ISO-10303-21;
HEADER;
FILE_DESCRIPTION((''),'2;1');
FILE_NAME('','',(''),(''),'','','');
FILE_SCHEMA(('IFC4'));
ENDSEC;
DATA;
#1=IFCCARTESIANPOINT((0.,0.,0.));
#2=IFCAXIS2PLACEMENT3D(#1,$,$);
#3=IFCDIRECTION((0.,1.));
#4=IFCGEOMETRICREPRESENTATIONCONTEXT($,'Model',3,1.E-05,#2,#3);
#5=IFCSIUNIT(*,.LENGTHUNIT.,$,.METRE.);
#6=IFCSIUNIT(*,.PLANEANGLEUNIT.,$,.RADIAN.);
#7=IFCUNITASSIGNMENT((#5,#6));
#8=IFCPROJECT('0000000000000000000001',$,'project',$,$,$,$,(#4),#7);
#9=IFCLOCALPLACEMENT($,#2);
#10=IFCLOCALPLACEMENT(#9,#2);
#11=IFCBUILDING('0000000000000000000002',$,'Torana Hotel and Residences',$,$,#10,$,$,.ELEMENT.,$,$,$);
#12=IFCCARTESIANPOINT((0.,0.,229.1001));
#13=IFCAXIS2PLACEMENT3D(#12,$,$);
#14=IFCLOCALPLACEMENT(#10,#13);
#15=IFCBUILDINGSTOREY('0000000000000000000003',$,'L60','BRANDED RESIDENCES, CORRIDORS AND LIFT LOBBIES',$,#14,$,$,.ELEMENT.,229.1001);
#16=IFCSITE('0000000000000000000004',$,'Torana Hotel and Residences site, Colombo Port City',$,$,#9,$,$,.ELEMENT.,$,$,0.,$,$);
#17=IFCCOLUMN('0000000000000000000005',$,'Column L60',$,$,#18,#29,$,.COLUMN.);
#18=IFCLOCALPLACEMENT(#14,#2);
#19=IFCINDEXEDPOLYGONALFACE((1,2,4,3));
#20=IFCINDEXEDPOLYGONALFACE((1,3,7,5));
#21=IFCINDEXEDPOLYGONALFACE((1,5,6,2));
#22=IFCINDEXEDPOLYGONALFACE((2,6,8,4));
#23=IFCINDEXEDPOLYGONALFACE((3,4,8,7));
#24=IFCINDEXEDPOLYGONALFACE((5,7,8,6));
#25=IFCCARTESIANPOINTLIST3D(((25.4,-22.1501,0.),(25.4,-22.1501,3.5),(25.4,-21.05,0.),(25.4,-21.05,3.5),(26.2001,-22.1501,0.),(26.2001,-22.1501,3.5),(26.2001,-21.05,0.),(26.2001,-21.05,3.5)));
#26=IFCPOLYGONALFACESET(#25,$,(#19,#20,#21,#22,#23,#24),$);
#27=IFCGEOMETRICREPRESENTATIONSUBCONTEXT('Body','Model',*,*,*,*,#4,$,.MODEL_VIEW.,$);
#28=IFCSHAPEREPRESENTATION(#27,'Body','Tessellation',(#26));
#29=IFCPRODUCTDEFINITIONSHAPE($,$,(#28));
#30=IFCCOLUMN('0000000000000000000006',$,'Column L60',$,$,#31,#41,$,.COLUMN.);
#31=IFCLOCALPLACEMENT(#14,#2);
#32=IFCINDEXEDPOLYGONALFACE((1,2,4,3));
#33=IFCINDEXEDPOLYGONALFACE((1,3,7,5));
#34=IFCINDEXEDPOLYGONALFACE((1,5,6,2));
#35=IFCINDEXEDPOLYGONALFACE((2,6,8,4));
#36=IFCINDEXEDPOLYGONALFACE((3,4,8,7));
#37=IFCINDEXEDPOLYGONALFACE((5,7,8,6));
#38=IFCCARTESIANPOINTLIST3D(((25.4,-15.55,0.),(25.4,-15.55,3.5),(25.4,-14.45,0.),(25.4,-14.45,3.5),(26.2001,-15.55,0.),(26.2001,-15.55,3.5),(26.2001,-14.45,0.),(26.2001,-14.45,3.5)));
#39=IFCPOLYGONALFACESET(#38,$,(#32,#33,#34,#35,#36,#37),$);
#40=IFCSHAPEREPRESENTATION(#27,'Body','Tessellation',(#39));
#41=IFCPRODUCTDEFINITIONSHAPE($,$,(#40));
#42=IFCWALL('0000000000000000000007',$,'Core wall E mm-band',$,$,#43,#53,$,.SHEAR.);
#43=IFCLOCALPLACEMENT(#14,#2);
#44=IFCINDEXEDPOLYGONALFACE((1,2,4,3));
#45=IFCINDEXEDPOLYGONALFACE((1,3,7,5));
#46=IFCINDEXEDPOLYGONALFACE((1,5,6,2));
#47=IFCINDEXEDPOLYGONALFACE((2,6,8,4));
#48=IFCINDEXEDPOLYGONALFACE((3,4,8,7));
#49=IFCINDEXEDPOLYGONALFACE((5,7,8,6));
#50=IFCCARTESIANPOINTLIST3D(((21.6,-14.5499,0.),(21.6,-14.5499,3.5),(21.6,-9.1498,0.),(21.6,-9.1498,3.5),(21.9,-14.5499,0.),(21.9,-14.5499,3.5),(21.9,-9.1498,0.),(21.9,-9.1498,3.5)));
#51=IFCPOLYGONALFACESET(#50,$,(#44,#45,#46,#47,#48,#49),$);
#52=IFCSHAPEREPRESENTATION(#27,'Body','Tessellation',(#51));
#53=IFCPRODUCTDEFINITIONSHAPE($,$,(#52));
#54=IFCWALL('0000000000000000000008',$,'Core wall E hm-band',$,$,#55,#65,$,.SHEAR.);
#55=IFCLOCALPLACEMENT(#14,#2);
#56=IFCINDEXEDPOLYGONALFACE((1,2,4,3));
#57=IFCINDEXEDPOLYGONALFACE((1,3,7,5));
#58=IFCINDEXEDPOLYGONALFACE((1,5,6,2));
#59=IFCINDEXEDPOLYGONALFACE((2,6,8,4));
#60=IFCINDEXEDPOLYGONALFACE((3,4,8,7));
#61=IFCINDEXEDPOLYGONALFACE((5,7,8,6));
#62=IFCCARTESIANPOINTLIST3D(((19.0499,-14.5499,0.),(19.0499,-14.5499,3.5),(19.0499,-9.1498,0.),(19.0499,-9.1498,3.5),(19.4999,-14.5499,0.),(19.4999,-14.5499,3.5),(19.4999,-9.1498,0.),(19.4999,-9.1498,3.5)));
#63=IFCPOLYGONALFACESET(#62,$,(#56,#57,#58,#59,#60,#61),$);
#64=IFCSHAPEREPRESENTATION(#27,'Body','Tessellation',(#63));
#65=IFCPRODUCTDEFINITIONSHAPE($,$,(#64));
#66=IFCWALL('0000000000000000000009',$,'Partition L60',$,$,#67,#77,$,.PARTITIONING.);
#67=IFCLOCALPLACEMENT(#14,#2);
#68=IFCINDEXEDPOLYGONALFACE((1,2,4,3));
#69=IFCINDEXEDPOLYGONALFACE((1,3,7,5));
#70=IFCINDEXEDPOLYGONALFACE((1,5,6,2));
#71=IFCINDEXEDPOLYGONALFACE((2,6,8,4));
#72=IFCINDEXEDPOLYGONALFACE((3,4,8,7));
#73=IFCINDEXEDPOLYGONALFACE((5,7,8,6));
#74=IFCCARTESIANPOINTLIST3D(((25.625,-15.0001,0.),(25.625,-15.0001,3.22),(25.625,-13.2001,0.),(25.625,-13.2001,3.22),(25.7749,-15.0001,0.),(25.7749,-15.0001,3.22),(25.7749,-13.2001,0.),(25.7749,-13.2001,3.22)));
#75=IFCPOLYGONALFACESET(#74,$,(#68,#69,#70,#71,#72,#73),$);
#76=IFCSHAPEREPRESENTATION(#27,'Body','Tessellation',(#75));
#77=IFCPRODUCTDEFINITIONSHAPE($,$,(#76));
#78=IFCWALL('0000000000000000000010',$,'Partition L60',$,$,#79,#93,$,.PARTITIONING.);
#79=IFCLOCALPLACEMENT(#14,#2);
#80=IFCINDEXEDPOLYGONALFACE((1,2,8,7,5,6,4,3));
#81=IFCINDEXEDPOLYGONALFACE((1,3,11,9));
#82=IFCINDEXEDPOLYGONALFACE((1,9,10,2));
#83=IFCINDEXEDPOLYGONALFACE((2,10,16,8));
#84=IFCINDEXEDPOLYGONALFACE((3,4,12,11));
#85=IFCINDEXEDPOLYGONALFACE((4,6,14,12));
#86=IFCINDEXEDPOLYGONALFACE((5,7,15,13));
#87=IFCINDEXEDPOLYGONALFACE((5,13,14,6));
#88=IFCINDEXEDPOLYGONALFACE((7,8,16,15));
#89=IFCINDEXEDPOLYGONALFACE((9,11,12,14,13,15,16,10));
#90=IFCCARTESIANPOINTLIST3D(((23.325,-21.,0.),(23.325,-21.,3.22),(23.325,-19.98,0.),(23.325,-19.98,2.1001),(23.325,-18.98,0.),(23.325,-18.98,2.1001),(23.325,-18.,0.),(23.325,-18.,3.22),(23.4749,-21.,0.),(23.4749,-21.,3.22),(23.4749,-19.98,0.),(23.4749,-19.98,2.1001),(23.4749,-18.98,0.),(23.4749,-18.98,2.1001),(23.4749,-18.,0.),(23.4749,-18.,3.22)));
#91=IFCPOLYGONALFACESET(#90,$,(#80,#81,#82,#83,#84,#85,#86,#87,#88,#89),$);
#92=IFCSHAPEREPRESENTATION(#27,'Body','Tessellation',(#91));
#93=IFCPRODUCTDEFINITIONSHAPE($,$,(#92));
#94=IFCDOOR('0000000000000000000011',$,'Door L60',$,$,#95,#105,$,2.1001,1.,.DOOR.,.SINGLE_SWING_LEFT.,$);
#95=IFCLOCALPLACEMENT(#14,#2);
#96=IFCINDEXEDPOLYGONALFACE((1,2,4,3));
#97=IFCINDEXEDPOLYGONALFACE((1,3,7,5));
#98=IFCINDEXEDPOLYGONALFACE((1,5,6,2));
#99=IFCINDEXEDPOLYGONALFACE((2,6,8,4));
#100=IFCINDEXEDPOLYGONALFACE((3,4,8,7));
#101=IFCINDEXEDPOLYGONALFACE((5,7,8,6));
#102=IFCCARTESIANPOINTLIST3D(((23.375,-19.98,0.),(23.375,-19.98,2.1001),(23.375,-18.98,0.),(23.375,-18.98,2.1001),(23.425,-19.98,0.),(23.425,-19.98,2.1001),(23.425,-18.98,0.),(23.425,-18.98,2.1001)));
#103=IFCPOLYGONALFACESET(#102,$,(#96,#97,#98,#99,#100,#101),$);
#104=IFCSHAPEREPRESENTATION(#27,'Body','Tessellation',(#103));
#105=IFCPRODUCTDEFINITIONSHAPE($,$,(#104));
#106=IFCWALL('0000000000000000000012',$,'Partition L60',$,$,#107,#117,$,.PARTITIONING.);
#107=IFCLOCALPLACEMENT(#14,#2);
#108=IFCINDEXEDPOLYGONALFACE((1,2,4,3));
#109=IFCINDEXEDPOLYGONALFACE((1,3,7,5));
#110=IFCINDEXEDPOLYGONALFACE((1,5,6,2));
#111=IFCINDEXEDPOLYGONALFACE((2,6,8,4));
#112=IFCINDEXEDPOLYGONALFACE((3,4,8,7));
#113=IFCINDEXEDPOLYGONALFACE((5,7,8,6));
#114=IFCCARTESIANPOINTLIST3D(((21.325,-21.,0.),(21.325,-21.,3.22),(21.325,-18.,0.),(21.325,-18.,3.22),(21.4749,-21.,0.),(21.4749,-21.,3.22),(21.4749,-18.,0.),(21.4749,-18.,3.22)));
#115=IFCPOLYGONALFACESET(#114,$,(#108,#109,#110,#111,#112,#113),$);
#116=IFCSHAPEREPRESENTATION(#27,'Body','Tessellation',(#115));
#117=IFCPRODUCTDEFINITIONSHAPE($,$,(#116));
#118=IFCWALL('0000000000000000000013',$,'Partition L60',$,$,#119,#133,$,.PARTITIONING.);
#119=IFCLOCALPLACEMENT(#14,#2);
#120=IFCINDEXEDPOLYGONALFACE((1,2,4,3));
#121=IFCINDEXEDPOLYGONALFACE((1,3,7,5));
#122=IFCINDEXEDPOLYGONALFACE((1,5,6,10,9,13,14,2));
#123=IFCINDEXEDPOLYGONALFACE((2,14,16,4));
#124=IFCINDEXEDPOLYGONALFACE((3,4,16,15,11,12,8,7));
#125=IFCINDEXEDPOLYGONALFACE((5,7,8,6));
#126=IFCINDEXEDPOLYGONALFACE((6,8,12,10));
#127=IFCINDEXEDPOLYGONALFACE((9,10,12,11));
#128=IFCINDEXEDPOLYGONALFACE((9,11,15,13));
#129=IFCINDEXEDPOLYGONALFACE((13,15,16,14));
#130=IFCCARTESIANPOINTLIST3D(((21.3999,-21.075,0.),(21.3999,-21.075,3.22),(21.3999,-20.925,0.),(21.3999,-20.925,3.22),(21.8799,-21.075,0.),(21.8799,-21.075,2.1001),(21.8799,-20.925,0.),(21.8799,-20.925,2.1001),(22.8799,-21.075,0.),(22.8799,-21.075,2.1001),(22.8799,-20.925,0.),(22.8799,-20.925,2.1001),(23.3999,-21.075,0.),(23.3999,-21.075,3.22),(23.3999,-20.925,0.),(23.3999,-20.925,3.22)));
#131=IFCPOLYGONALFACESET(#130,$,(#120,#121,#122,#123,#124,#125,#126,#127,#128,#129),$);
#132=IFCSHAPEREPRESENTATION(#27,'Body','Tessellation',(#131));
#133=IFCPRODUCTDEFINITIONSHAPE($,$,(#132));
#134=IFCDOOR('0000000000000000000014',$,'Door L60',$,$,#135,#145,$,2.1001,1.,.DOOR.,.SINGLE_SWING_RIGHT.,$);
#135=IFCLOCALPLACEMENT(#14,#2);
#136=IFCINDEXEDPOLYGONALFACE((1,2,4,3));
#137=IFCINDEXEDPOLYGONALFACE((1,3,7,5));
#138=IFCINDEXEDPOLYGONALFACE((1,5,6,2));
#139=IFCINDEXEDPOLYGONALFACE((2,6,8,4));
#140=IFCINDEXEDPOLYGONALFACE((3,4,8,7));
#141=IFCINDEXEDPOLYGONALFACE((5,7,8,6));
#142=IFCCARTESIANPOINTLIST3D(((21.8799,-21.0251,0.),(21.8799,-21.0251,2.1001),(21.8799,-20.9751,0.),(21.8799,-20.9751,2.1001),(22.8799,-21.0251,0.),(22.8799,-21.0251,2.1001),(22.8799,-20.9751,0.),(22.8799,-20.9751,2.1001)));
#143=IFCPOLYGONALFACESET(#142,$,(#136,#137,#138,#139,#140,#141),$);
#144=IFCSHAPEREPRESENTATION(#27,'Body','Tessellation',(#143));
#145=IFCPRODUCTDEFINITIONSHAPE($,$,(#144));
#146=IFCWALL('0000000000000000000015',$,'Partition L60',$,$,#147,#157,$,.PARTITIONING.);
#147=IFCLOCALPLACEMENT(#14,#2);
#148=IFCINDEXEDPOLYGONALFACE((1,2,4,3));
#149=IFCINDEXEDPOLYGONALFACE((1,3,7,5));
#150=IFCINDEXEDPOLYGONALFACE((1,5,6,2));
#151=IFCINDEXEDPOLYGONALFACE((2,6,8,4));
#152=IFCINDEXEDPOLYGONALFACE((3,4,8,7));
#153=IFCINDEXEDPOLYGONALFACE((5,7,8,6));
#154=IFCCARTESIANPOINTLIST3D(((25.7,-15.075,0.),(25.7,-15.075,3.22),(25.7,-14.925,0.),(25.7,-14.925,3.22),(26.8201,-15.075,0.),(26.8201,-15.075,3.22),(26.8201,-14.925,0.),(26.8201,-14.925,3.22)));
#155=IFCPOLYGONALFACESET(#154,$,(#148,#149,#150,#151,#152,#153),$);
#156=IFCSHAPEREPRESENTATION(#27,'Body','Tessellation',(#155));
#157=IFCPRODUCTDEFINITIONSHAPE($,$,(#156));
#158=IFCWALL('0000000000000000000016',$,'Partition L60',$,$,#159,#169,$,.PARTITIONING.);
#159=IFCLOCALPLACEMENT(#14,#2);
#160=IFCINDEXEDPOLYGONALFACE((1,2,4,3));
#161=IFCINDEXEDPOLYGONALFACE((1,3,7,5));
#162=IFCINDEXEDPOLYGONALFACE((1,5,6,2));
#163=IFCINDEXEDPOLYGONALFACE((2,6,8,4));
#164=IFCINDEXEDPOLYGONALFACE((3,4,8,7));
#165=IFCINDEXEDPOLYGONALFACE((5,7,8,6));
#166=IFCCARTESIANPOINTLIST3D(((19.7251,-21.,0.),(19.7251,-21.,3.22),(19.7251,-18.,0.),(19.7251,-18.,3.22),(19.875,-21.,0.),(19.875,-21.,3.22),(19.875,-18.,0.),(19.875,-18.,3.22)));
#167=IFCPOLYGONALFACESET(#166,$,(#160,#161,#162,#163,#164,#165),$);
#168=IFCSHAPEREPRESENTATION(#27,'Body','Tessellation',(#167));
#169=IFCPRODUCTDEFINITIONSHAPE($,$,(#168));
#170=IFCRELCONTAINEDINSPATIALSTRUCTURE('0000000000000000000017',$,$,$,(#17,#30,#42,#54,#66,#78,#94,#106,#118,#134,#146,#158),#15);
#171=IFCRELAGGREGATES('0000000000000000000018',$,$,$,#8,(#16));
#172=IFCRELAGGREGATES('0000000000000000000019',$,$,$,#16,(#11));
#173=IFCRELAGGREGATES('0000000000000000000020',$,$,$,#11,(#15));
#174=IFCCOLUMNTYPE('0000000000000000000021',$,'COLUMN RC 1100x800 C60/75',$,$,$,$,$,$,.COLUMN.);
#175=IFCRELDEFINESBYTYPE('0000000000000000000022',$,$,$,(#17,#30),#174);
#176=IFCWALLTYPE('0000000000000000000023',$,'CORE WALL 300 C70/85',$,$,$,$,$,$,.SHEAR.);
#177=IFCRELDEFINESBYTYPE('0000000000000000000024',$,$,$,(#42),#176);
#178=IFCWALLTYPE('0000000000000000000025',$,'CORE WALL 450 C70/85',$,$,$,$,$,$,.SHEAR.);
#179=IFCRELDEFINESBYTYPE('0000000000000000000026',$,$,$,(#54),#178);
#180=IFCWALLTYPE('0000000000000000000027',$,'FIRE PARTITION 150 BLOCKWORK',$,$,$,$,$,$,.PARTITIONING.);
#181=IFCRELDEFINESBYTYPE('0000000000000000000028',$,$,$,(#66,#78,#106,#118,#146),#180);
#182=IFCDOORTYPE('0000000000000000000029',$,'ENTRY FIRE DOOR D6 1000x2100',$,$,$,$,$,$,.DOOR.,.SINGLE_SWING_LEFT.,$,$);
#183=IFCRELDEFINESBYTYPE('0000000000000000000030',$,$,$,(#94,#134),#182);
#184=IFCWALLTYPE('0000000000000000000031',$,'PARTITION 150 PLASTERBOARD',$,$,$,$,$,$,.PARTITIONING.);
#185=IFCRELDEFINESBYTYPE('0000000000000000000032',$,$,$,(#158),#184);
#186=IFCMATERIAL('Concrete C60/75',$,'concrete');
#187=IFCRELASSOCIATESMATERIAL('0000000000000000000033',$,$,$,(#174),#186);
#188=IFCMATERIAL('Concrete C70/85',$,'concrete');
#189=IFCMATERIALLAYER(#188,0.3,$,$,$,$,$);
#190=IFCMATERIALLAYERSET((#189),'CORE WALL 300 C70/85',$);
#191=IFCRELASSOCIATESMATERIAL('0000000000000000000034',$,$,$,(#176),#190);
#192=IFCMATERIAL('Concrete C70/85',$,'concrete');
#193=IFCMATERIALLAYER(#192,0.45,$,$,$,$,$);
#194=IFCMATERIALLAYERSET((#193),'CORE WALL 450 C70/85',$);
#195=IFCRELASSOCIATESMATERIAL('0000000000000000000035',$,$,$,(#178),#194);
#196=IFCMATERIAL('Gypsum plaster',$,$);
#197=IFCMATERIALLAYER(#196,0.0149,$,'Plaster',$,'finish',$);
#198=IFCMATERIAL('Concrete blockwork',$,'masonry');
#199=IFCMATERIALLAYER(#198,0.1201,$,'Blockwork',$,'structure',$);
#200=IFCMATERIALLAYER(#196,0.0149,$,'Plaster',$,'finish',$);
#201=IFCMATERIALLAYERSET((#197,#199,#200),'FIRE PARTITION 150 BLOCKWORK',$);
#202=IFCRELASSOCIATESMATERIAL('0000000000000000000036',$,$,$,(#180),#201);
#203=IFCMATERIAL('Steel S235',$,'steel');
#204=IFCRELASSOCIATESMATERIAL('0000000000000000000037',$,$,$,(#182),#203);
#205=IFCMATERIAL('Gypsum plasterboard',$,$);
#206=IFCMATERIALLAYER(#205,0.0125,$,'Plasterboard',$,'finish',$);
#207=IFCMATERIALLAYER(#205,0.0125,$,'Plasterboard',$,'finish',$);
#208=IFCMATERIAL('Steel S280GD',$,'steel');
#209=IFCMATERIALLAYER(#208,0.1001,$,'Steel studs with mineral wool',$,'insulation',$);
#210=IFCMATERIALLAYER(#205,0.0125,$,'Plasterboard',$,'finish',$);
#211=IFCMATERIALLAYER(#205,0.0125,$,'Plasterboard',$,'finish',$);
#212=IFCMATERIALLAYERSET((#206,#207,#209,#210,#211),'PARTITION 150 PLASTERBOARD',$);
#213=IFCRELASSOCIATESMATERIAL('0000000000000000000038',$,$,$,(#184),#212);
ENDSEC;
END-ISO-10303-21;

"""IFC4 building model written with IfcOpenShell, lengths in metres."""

from ifc_helpers import new_model, si_unit, direction, frame, frame_2d, origin, origin_2d, place, context, subcontext, project, spatial, rectangle, extrude, material, layer, layer_set, material_profile, profile_set, type_object, element, fill, save


model = new_model("IFC4")

# Units and contexts
model_context = context("Model", 3, precision=1e-05, world=origin(), true_north=direction((0.0, 1.0)))
body_context = subcontext(model_context, "Body", "Model", "MODEL_VIEW")
ifc_project = project(units=[si_unit("LENGTHUNIT", "METRE"), si_unit("PLANEANGLEUNIT", "RADIAN")], contexts=[model_context])

# Site, building, storey
site_placement = place(None, origin())
site = spatial("IfcSite", under=ifc_project, at=site_placement, Name="Torana Hotel and Residences site, Colombo Port City", CompositionType="ELEMENT", RefElevation=0.0)
building_placement = place(site_placement, origin())
building = spatial("IfcBuilding", under=site, at=building_placement, Name="Torana Hotel and Residences", CompositionType="ELEMENT")
storey_placement = place(building_placement, frame((0.0, 0.0, 229.1001)))
storey = spatial("IfcBuildingStorey", under=building, at=storey_placement, Name="L60", Description="BRANDED RESIDENCES, CORRIDORS AND LIFT LOBBIES", CompositionType="ELEMENT", Elevation=229.1001)

# Columns
ifc_material_1 = material(Name="Concrete C60/75", Category="concrete")
ifc_material_profile = material_profile(ifc_material_1, rectangle(XDim=1.1001, YDim=0.8, at=origin_2d()), Name="RC 1100x800")
ifc_profile_set = profile_set([ifc_material_profile], Name="Concrete C60/75")
column_type = type_object("IfcColumnType", Name="COLUMN RC 1100x800 C60/75", PredefinedType="COLUMN", material=ifc_profile_set)
for number, where, z_axis, x_axis, name in (
    (1, (25.8, -21.6001, 0.0), (0.0, 0.0, 1.0), (0.0, 1.0, 0.0), "Column L60"),
    (2, (25.8, -15.0, 0.0), (0.0, 0.0, 1.0), (0.0, 1.0, 0.0), "Column L60"),
):
    element("IfcColumn", number, at=place(storey_placement, frame(where, z_axis=z_axis, x_axis=x_axis)), inside=storey, type_object=column_type, Name=name, PredefinedType="COLUMN", context=body_context, shape_type="SweptSolid", body=[
        extrude(rectangle(XDim=1.1001, YDim=0.8, at=origin_2d()), origin(), (0.0, 0.0, 1.0), 3.5),
    ])

# Walls
ifc_material_2 = material(Name="Concrete C70/85", Category="concrete")
ifc_layer_1 = layer(ifc_material_2, 0.3)
ifc_layer_set_1 = layer_set([ifc_layer_1], Name="CORE WALL 300 C70/85")
wall_type_1 = type_object("IfcWallType", Name="CORE WALL 300 C70/85", PredefinedType="SHEAR", material=ifc_layer_set_1)
wall_1_placement = place(storey_placement, frame((21.75, -14.55, 0.0), z_axis=(0.0, 0.0, 1.0), x_axis=(0.0, 1.0, 0.0)))
element("IfcWall", 3, at=wall_1_placement, inside=storey, type_object=wall_type_1, Name="Core wall E mm-band", PredefinedType="SHEAR", context=body_context, shape_type="SweptSolid", body=[
    extrude(rectangle(XDim=5.4001, YDim=0.3, at=frame_2d((2.7002, 0.0))), origin(), (0.0, 0.0, 1.0), 3.5),
])
ifc_material_3 = material(Name="Concrete C70/85", Category="concrete")
ifc_layer_2 = layer(ifc_material_3, 0.45)
ifc_layer_set_2 = layer_set([ifc_layer_2], Name="CORE WALL 450 C70/85")
wall_type_2 = type_object("IfcWallType", Name="CORE WALL 450 C70/85", PredefinedType="SHEAR", material=ifc_layer_set_2)
wall_2_placement = place(storey_placement, frame((19.2749, -14.55, 0.0), z_axis=(0.0, 0.0, 1.0), x_axis=(0.0, 1.0, 0.0)))
element("IfcWall", 4, at=wall_2_placement, inside=storey, type_object=wall_type_2, Name="Core wall E hm-band", PredefinedType="SHEAR", context=body_context, shape_type="SweptSolid", body=[
    extrude(rectangle(XDim=5.4001, YDim=0.45, at=frame_2d((2.7002, 0.0))), origin(), (0.0, 0.0, 1.0), 3.5),
])
ifc_material_4 = material(Name="Gypsum plaster")
ifc_layer_3 = layer(ifc_material_4, 0.0149, Name="Plaster", Category="finish")
ifc_material_5 = material(Name="Concrete blockwork", Category="masonry")
ifc_layer_4 = layer(ifc_material_5, 0.1201, Name="Blockwork", Category="structure")
ifc_layer_5 = layer(ifc_material_4, 0.0149, Name="Plaster", Category="finish")
ifc_layer_set_3 = layer_set([ifc_layer_3, ifc_layer_4, ifc_layer_5], Name="FIRE PARTITION 150 BLOCKWORK")
wall_type_3 = type_object("IfcWallType", Name="FIRE PARTITION 150 BLOCKWORK", PredefinedType="PARTITIONING", material=ifc_layer_set_3)
wall_3_placement = place(storey_placement, frame((25.7, -15.0, 0.0), z_axis=(0.0, 0.0, 1.0), x_axis=(0.0, 1.0, 0.0)))
element("IfcWall", 5, at=wall_3_placement, inside=storey, type_object=wall_type_3, Name="Partition L60", PredefinedType="PARTITIONING", context=body_context, shape_type="SweptSolid", body=[
    extrude(rectangle(XDim=1.8, YDim=0.1499, at=frame_2d((0.8999, 0.0))), origin(), (0.0, 0.0, 1.0), 3.22),
])

# Wall, opening, door
wall_4_placement = place(storey_placement, frame((23.3999, -21.0, 0.0), z_axis=(0.0, 0.0, 1.0), x_axis=(0.0, 1.0, 0.0)))
wall_4 = element("IfcWall", 6, at=wall_4_placement, inside=storey, type_object=wall_type_3, Name="Partition L60", PredefinedType="PARTITIONING", context=body_context, shape_type="SweptSolid", body=[
    extrude(rectangle(XDim=3.0, YDim=0.1499, at=frame_2d((1.5, 0.0))), origin(), (0.0, 0.0, 1.0), 3.22),
])
opening_1_placement = place(wall_4_placement, frame((1.02, 0.0, 0.0)))
opening_1 = element("IfcOpeningElement", 7, at=opening_1_placement, cuts=wall_4, PredefinedType="OPENING", context=body_context, shape_type="SweptSolid", body=[
    extrude(rectangle(XDim=1.0, YDim=2.1001, at=frame_2d((0.5, 1.05))), frame((0.0, 0.085, 0.0), z_axis=(0.0, -1.0, 0.0), x_axis=(1.0, 0.0, 0.0)), (0.0, 0.0, 1.0), 0.1699),
])
ifc_material_6 = material(Name="Steel S235", Category="steel")
door_type = type_object("IfcDoorType", Name="ENTRY FIRE DOOR D6 1000x2100", OperationType="SINGLE_SWING_LEFT", PredefinedType="DOOR", material=ifc_material_6)
door_1_placement = place(opening_1_placement, frame((0.5, 0.0, 0.0), z_axis=(0.0, 0.0, 1.0), x_axis=(-1.0, 0.0, 0.0)))
door_1 = element("IfcDoor", 8, at=door_1_placement, inside=storey, type_object=door_type, Name="Door L60", OperationType="SINGLE_SWING_LEFT", OverallHeight=2.1001, OverallWidth=1.0, PredefinedType="DOOR", context=body_context, shape_type="SweptSolid", body=[
    extrude(rectangle(XDim=1.0, YDim=2.1001, at=frame_2d((0.0, 1.05))), frame((0.0, -0.0249, 0.0), z_axis=(0.0, 1.0, 0.0), x_axis=(-1.0, 0.0, 0.0)), (0.0, 0.0, 1.0), 0.05),
])
fill(opening_1, door_1)

# Wall
wall_5_placement = place(storey_placement, frame((21.3999, -21.0, 0.0), z_axis=(0.0, 0.0, 1.0), x_axis=(0.0, 1.0, 0.0)))
element("IfcWall", 9, at=wall_5_placement, inside=storey, type_object=wall_type_3, Name="Partition L60", PredefinedType="PARTITIONING", context=body_context, shape_type="SweptSolid", body=[
    extrude(rectangle(XDim=3.0, YDim=0.1499, at=frame_2d((1.5, 0.0))), origin(), (0.0, 0.0, 1.0), 3.22),
])

# Wall, opening, door
wall_6_placement = place(storey_placement, frame((21.3999, -21.0, 0.0), z_axis=(0.0, 0.0, 1.0), x_axis=(1.0, 0.0, 0.0)))
wall_6 = element("IfcWall", 10, at=wall_6_placement, inside=storey, type_object=wall_type_3, Name="Partition L60", PredefinedType="PARTITIONING", context=body_context, shape_type="SweptSolid", body=[
    extrude(rectangle(XDim=2.0, YDim=0.1499, at=frame_2d((1.0, 0.0))), origin(), (0.0, 0.0, 1.0), 3.22),
])
opening_2_placement = place(wall_6_placement, frame((0.48, 0.0, 0.0)))
opening_2 = element("IfcOpeningElement", 11, at=opening_2_placement, cuts=wall_6, PredefinedType="OPENING", context=body_context, shape_type="SweptSolid", body=[
    extrude(rectangle(XDim=1.0, YDim=2.1001, at=frame_2d((0.5, 1.05))), frame((0.0, 0.085, 0.0), z_axis=(0.0, -1.0, 0.0), x_axis=(1.0, 0.0, 0.0)), (0.0, 0.0, 1.0), 0.1699),
])
door_2_placement = place(opening_2_placement, frame((0.5, 0.0, 0.0), z_axis=(0.0, 0.0, 1.0), x_axis=(-1.0, 0.0, 0.0)))
door_2 = element("IfcDoor", 12, at=door_2_placement, inside=storey, type_object=door_type, Name="Door L60", OperationType="SINGLE_SWING_RIGHT", OverallHeight=2.1001, OverallWidth=1.0, PredefinedType="DOOR", context=body_context, shape_type="SweptSolid", body=[
    extrude(rectangle(XDim=1.0, YDim=2.1001, at=frame_2d((0.0, 1.05))), frame((0.0, -0.0249, 0.0), z_axis=(0.0, 1.0, 0.0), x_axis=(-1.0, 0.0, 0.0)), (0.0, 0.0, 1.0), 0.05),
])
fill(opening_2, door_2)

# Walls
wall_7_placement = place(storey_placement, frame((25.7, -15.0, 0.0), z_axis=(0.0, 0.0, 1.0), x_axis=(1.0, 0.0, 0.0)))
element("IfcWall", 13, at=wall_7_placement, inside=storey, type_object=wall_type_3, Name="Partition L60", PredefinedType="PARTITIONING", context=body_context, shape_type="SweptSolid", body=[
    extrude(rectangle(XDim=1.1201, YDim=0.1499, at=frame_2d((0.5601, 0.0))), origin(), (0.0, 0.0, 1.0), 3.22),
])
ifc_material_7 = material(Name="Gypsum plasterboard")
ifc_layer_6 = layer(ifc_material_7, 0.0125, Name="Plasterboard", Category="finish")
ifc_layer_7 = layer(ifc_material_7, 0.0125, Name="Plasterboard", Category="finish")
ifc_material_8 = material(Name="Steel S280GD", Category="steel")
ifc_layer_8 = layer(ifc_material_8, 0.1001, Name="Steel studs with mineral wool", Category="insulation")
ifc_layer_9 = layer(ifc_material_7, 0.0125, Name="Plasterboard", Category="finish")
ifc_layer_10 = layer(ifc_material_7, 0.0125, Name="Plasterboard", Category="finish")
ifc_layer_set_4 = layer_set([ifc_layer_6, ifc_layer_7, ifc_layer_8, ifc_layer_9, ifc_layer_10], Name="PARTITION 150 PLASTERBOARD")
wall_type_4 = type_object("IfcWallType", Name="PARTITION 150 PLASTERBOARD", PredefinedType="PARTITIONING", material=ifc_layer_set_4)
wall_8_placement = place(storey_placement, frame((19.8, -21.0, 0.0), z_axis=(0.0, 0.0, 1.0), x_axis=(0.0, 1.0, 0.0)))
element("IfcWall", 14, at=wall_8_placement, inside=storey, type_object=wall_type_4, Name="Partition L60", PredefinedType="PARTITIONING", context=body_context, shape_type="SweptSolid", body=[
    extrude(rectangle(XDim=3.0, YDim=0.1499, at=frame_2d((1.5, 0.0))), origin(), (0.0, 0.0, 1.0), 3.22),
])

save(model, "model.ifc")
